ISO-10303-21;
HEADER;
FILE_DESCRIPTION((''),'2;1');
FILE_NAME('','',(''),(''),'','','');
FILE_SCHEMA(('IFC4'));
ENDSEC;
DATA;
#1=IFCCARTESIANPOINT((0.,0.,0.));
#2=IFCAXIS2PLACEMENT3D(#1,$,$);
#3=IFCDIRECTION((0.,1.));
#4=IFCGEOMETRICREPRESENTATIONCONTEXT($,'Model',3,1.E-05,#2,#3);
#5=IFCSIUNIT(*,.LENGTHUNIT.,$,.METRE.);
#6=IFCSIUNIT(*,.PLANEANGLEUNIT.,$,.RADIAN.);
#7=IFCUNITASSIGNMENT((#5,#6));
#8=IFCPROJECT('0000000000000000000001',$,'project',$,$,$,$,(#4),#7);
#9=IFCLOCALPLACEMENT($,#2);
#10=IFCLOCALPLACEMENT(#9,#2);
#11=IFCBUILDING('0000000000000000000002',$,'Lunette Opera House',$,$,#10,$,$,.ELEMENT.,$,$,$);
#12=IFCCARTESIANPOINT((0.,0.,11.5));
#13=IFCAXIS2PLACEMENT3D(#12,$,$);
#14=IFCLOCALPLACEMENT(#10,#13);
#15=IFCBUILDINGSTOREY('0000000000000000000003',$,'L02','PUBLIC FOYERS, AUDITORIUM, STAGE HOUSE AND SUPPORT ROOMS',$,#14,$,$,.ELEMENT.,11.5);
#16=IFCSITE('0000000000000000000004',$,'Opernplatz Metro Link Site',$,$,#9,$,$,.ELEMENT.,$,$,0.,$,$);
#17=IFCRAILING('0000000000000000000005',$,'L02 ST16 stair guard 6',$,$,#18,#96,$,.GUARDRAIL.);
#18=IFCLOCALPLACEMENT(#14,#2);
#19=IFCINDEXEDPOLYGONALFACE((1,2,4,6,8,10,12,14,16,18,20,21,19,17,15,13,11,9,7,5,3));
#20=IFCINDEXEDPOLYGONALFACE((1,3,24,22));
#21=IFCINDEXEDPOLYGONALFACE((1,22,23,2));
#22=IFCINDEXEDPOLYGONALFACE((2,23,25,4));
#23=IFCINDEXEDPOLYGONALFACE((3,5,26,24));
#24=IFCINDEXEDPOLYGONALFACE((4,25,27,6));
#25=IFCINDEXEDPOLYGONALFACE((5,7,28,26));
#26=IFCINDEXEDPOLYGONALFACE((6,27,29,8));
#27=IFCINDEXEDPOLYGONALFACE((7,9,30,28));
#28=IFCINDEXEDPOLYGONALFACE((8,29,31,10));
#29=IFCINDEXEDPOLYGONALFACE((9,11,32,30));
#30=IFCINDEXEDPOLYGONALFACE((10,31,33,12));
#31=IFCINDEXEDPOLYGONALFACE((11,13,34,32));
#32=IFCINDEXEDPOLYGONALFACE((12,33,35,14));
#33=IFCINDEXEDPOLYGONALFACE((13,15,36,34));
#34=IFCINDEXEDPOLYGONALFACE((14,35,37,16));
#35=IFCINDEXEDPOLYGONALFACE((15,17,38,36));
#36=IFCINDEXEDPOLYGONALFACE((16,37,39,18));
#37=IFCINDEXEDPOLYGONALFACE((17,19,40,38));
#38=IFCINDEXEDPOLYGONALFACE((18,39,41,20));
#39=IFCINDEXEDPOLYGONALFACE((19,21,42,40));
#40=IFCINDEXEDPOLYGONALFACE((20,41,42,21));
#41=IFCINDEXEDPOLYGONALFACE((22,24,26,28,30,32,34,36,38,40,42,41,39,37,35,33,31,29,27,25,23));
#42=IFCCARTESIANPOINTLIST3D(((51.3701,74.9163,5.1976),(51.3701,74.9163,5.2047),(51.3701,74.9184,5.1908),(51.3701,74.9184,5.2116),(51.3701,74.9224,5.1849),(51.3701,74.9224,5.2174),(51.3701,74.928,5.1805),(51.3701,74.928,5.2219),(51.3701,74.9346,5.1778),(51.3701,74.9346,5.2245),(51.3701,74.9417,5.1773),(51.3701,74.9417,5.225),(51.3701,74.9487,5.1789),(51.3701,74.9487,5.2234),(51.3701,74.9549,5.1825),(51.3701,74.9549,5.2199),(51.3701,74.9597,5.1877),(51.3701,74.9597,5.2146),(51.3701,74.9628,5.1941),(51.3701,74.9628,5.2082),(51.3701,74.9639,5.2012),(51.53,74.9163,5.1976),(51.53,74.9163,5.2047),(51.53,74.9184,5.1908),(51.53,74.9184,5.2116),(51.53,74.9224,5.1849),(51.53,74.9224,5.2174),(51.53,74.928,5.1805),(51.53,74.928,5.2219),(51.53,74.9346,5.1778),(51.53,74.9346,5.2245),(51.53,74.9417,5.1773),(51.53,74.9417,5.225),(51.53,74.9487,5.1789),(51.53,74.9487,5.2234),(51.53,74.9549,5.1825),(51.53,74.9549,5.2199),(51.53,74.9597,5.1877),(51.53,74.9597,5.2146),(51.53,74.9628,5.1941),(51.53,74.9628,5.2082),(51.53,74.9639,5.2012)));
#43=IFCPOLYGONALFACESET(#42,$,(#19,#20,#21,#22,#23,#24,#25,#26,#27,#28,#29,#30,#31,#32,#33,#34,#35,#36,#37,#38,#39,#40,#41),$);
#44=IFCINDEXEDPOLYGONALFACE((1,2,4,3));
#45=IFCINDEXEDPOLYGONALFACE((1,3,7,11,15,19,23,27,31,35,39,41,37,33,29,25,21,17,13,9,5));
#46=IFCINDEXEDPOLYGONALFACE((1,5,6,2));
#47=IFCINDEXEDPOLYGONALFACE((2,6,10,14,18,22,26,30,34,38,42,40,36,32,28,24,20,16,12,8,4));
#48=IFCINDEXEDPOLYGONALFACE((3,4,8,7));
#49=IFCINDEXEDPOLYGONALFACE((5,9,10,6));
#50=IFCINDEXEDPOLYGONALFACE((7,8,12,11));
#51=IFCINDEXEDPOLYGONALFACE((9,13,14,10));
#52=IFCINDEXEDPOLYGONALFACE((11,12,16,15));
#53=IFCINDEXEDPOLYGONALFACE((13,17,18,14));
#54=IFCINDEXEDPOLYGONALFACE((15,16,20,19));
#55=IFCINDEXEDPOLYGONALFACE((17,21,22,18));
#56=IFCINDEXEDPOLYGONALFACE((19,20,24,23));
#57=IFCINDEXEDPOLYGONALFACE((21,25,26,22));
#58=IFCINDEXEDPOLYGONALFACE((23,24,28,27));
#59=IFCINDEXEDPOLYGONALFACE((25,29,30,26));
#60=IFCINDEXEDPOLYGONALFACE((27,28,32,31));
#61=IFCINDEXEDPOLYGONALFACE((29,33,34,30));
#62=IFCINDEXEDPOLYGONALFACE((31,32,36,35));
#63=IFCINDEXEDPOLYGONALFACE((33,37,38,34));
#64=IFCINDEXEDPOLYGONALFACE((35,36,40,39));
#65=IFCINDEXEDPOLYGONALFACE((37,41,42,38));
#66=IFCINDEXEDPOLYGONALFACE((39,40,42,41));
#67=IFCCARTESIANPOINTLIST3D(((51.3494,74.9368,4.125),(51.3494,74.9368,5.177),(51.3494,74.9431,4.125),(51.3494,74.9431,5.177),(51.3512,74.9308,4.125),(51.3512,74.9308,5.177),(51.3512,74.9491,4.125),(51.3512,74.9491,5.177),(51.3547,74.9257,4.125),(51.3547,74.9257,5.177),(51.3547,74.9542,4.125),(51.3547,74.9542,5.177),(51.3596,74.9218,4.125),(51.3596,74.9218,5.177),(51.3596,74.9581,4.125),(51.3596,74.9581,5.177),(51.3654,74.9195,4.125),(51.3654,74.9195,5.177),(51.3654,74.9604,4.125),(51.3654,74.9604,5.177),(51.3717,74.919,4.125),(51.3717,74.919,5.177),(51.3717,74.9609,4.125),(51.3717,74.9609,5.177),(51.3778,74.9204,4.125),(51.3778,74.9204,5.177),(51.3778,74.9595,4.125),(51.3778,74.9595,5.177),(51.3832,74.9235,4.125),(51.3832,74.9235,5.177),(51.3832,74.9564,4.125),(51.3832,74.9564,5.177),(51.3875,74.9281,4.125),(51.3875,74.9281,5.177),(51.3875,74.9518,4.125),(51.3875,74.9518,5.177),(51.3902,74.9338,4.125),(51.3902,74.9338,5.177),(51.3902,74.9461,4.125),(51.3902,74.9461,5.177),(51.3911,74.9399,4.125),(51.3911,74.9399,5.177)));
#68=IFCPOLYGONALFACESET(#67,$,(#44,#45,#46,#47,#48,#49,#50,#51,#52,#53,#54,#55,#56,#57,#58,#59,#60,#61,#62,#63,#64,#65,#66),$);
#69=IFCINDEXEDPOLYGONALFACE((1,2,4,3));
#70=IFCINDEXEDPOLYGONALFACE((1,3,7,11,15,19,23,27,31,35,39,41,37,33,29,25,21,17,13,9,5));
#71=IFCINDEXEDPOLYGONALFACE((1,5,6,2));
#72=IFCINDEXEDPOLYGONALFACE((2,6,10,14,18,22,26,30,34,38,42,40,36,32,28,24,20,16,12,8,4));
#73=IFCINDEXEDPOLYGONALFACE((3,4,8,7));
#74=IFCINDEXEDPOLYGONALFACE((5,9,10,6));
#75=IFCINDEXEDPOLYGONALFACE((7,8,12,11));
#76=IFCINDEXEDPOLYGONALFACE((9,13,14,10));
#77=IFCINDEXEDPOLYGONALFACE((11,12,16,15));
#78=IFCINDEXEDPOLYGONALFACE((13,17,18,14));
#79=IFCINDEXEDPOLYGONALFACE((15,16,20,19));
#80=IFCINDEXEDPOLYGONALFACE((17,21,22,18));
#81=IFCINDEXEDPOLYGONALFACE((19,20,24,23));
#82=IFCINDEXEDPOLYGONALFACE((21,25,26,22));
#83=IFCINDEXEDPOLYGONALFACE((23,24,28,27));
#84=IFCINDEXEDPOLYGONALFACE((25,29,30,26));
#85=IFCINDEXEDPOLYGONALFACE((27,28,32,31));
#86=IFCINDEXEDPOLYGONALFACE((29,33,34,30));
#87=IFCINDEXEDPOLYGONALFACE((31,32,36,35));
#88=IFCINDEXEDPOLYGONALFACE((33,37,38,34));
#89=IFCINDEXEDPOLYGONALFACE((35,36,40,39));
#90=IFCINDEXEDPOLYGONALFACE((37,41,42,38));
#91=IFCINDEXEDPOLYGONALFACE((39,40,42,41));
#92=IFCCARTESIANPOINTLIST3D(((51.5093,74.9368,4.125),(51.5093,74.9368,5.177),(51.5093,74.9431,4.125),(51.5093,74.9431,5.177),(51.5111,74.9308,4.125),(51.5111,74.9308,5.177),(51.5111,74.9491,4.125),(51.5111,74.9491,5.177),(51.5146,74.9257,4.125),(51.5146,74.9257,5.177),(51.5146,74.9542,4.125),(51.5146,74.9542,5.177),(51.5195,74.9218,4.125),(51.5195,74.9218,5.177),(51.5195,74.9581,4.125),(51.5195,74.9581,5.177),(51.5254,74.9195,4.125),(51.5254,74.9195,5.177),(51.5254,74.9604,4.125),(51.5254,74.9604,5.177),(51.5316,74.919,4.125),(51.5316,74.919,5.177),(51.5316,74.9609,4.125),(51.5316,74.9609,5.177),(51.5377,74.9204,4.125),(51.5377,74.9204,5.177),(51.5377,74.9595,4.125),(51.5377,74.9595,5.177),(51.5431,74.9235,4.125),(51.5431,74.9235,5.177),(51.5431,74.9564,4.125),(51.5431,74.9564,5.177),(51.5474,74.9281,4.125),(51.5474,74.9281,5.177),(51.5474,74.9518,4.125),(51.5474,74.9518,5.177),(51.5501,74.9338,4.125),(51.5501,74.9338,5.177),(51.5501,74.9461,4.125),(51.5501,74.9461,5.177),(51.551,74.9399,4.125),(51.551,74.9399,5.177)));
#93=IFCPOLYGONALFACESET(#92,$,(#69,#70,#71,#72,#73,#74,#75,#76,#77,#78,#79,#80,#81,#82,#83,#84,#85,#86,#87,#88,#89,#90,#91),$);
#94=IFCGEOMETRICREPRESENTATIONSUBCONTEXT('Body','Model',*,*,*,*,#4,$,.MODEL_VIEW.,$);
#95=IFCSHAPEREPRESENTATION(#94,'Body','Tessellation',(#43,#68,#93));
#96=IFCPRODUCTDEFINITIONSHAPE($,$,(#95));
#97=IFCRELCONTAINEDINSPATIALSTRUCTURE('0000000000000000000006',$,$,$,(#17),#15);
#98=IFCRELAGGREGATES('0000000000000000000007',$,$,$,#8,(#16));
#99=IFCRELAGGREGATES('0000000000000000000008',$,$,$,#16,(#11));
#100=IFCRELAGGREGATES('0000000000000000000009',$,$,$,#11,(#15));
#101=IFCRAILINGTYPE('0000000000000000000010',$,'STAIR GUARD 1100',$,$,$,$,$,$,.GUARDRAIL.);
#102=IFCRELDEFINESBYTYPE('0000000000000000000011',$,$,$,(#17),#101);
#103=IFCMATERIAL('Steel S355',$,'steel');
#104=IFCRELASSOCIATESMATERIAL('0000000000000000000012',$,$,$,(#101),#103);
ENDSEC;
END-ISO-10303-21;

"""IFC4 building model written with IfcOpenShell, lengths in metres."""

from ifc_helpers import new_model, si_unit, direction, frame, origin, origin_2d, place, context, subcontext, project, spatial, circle, extrude, material, type_object, element, save


model = new_model("IFC4")

# Units and contexts
model_context = context("Model", 3, precision=1e-05, world=origin(), true_north=direction((0.0, 1.0)))
body_context = subcontext(model_context, "Body", "Model", "MODEL_VIEW")
ifc_project = project(units=[si_unit("LENGTHUNIT", "METRE"), si_unit("PLANEANGLEUNIT", "RADIAN")], contexts=[model_context])

# Site, building, storey
site_placement = place(None, origin())
site = spatial("IfcSite", under=ifc_project, at=site_placement, Name="Opernplatz Metro Link Site", CompositionType="ELEMENT", RefElevation=0.0)
building_placement = place(site_placement, origin())
building = spatial("IfcBuilding", under=site, at=building_placement, Name="Lunette Opera House", CompositionType="ELEMENT")
storey_placement = place(building_placement, frame((0.0, 0.0, 11.5)))
storey = spatial("IfcBuildingStorey", under=building, at=storey_placement, Name="L02", Description="PUBLIC FOYERS, AUDITORIUM, STAGE HOUSE AND SUPPORT ROOMS", CompositionType="ELEMENT", Elevation=11.5)

# Railing
ifc_material_1 = material(Name="Steel S355", Category="steel")
railing_type_1 = type_object("IfcRailingType", Name="STAIR GUARD 1100", PredefinedType="GUARDRAIL", material=ifc_material_1)
railing_1_placement = place(storey_placement, frame((51.3701, 74.9399, 4.125)))
element("IfcRailing", 1, at=railing_1_placement, inside=storey, type_object=railing_type_1, Name="L02 ST16 stair guard 6", PredefinedType="GUARDRAIL", context=body_context, shape_type="SweptSolid", body=[
    extrude(circle(Radius=0.0239, at=origin_2d()), frame((0.0, 0.0, 1.0762), z_axis=(1.0, 0.0, 0.0), x_axis=(0.0, 1.0, 0.0)), (0.0, 0.0, 1.0), 0.1599),
    extrude(circle(Radius=0.021, at=origin_2d()), origin(), (0.0, 0.0, 1.0), 1.052),
    extrude(circle(Radius=0.021, at=origin_2d()), frame((0.1599, 0.0, 0.0)), (0.0, 0.0, 1.0), 1.052),
])

save(model, "model.ifc")
